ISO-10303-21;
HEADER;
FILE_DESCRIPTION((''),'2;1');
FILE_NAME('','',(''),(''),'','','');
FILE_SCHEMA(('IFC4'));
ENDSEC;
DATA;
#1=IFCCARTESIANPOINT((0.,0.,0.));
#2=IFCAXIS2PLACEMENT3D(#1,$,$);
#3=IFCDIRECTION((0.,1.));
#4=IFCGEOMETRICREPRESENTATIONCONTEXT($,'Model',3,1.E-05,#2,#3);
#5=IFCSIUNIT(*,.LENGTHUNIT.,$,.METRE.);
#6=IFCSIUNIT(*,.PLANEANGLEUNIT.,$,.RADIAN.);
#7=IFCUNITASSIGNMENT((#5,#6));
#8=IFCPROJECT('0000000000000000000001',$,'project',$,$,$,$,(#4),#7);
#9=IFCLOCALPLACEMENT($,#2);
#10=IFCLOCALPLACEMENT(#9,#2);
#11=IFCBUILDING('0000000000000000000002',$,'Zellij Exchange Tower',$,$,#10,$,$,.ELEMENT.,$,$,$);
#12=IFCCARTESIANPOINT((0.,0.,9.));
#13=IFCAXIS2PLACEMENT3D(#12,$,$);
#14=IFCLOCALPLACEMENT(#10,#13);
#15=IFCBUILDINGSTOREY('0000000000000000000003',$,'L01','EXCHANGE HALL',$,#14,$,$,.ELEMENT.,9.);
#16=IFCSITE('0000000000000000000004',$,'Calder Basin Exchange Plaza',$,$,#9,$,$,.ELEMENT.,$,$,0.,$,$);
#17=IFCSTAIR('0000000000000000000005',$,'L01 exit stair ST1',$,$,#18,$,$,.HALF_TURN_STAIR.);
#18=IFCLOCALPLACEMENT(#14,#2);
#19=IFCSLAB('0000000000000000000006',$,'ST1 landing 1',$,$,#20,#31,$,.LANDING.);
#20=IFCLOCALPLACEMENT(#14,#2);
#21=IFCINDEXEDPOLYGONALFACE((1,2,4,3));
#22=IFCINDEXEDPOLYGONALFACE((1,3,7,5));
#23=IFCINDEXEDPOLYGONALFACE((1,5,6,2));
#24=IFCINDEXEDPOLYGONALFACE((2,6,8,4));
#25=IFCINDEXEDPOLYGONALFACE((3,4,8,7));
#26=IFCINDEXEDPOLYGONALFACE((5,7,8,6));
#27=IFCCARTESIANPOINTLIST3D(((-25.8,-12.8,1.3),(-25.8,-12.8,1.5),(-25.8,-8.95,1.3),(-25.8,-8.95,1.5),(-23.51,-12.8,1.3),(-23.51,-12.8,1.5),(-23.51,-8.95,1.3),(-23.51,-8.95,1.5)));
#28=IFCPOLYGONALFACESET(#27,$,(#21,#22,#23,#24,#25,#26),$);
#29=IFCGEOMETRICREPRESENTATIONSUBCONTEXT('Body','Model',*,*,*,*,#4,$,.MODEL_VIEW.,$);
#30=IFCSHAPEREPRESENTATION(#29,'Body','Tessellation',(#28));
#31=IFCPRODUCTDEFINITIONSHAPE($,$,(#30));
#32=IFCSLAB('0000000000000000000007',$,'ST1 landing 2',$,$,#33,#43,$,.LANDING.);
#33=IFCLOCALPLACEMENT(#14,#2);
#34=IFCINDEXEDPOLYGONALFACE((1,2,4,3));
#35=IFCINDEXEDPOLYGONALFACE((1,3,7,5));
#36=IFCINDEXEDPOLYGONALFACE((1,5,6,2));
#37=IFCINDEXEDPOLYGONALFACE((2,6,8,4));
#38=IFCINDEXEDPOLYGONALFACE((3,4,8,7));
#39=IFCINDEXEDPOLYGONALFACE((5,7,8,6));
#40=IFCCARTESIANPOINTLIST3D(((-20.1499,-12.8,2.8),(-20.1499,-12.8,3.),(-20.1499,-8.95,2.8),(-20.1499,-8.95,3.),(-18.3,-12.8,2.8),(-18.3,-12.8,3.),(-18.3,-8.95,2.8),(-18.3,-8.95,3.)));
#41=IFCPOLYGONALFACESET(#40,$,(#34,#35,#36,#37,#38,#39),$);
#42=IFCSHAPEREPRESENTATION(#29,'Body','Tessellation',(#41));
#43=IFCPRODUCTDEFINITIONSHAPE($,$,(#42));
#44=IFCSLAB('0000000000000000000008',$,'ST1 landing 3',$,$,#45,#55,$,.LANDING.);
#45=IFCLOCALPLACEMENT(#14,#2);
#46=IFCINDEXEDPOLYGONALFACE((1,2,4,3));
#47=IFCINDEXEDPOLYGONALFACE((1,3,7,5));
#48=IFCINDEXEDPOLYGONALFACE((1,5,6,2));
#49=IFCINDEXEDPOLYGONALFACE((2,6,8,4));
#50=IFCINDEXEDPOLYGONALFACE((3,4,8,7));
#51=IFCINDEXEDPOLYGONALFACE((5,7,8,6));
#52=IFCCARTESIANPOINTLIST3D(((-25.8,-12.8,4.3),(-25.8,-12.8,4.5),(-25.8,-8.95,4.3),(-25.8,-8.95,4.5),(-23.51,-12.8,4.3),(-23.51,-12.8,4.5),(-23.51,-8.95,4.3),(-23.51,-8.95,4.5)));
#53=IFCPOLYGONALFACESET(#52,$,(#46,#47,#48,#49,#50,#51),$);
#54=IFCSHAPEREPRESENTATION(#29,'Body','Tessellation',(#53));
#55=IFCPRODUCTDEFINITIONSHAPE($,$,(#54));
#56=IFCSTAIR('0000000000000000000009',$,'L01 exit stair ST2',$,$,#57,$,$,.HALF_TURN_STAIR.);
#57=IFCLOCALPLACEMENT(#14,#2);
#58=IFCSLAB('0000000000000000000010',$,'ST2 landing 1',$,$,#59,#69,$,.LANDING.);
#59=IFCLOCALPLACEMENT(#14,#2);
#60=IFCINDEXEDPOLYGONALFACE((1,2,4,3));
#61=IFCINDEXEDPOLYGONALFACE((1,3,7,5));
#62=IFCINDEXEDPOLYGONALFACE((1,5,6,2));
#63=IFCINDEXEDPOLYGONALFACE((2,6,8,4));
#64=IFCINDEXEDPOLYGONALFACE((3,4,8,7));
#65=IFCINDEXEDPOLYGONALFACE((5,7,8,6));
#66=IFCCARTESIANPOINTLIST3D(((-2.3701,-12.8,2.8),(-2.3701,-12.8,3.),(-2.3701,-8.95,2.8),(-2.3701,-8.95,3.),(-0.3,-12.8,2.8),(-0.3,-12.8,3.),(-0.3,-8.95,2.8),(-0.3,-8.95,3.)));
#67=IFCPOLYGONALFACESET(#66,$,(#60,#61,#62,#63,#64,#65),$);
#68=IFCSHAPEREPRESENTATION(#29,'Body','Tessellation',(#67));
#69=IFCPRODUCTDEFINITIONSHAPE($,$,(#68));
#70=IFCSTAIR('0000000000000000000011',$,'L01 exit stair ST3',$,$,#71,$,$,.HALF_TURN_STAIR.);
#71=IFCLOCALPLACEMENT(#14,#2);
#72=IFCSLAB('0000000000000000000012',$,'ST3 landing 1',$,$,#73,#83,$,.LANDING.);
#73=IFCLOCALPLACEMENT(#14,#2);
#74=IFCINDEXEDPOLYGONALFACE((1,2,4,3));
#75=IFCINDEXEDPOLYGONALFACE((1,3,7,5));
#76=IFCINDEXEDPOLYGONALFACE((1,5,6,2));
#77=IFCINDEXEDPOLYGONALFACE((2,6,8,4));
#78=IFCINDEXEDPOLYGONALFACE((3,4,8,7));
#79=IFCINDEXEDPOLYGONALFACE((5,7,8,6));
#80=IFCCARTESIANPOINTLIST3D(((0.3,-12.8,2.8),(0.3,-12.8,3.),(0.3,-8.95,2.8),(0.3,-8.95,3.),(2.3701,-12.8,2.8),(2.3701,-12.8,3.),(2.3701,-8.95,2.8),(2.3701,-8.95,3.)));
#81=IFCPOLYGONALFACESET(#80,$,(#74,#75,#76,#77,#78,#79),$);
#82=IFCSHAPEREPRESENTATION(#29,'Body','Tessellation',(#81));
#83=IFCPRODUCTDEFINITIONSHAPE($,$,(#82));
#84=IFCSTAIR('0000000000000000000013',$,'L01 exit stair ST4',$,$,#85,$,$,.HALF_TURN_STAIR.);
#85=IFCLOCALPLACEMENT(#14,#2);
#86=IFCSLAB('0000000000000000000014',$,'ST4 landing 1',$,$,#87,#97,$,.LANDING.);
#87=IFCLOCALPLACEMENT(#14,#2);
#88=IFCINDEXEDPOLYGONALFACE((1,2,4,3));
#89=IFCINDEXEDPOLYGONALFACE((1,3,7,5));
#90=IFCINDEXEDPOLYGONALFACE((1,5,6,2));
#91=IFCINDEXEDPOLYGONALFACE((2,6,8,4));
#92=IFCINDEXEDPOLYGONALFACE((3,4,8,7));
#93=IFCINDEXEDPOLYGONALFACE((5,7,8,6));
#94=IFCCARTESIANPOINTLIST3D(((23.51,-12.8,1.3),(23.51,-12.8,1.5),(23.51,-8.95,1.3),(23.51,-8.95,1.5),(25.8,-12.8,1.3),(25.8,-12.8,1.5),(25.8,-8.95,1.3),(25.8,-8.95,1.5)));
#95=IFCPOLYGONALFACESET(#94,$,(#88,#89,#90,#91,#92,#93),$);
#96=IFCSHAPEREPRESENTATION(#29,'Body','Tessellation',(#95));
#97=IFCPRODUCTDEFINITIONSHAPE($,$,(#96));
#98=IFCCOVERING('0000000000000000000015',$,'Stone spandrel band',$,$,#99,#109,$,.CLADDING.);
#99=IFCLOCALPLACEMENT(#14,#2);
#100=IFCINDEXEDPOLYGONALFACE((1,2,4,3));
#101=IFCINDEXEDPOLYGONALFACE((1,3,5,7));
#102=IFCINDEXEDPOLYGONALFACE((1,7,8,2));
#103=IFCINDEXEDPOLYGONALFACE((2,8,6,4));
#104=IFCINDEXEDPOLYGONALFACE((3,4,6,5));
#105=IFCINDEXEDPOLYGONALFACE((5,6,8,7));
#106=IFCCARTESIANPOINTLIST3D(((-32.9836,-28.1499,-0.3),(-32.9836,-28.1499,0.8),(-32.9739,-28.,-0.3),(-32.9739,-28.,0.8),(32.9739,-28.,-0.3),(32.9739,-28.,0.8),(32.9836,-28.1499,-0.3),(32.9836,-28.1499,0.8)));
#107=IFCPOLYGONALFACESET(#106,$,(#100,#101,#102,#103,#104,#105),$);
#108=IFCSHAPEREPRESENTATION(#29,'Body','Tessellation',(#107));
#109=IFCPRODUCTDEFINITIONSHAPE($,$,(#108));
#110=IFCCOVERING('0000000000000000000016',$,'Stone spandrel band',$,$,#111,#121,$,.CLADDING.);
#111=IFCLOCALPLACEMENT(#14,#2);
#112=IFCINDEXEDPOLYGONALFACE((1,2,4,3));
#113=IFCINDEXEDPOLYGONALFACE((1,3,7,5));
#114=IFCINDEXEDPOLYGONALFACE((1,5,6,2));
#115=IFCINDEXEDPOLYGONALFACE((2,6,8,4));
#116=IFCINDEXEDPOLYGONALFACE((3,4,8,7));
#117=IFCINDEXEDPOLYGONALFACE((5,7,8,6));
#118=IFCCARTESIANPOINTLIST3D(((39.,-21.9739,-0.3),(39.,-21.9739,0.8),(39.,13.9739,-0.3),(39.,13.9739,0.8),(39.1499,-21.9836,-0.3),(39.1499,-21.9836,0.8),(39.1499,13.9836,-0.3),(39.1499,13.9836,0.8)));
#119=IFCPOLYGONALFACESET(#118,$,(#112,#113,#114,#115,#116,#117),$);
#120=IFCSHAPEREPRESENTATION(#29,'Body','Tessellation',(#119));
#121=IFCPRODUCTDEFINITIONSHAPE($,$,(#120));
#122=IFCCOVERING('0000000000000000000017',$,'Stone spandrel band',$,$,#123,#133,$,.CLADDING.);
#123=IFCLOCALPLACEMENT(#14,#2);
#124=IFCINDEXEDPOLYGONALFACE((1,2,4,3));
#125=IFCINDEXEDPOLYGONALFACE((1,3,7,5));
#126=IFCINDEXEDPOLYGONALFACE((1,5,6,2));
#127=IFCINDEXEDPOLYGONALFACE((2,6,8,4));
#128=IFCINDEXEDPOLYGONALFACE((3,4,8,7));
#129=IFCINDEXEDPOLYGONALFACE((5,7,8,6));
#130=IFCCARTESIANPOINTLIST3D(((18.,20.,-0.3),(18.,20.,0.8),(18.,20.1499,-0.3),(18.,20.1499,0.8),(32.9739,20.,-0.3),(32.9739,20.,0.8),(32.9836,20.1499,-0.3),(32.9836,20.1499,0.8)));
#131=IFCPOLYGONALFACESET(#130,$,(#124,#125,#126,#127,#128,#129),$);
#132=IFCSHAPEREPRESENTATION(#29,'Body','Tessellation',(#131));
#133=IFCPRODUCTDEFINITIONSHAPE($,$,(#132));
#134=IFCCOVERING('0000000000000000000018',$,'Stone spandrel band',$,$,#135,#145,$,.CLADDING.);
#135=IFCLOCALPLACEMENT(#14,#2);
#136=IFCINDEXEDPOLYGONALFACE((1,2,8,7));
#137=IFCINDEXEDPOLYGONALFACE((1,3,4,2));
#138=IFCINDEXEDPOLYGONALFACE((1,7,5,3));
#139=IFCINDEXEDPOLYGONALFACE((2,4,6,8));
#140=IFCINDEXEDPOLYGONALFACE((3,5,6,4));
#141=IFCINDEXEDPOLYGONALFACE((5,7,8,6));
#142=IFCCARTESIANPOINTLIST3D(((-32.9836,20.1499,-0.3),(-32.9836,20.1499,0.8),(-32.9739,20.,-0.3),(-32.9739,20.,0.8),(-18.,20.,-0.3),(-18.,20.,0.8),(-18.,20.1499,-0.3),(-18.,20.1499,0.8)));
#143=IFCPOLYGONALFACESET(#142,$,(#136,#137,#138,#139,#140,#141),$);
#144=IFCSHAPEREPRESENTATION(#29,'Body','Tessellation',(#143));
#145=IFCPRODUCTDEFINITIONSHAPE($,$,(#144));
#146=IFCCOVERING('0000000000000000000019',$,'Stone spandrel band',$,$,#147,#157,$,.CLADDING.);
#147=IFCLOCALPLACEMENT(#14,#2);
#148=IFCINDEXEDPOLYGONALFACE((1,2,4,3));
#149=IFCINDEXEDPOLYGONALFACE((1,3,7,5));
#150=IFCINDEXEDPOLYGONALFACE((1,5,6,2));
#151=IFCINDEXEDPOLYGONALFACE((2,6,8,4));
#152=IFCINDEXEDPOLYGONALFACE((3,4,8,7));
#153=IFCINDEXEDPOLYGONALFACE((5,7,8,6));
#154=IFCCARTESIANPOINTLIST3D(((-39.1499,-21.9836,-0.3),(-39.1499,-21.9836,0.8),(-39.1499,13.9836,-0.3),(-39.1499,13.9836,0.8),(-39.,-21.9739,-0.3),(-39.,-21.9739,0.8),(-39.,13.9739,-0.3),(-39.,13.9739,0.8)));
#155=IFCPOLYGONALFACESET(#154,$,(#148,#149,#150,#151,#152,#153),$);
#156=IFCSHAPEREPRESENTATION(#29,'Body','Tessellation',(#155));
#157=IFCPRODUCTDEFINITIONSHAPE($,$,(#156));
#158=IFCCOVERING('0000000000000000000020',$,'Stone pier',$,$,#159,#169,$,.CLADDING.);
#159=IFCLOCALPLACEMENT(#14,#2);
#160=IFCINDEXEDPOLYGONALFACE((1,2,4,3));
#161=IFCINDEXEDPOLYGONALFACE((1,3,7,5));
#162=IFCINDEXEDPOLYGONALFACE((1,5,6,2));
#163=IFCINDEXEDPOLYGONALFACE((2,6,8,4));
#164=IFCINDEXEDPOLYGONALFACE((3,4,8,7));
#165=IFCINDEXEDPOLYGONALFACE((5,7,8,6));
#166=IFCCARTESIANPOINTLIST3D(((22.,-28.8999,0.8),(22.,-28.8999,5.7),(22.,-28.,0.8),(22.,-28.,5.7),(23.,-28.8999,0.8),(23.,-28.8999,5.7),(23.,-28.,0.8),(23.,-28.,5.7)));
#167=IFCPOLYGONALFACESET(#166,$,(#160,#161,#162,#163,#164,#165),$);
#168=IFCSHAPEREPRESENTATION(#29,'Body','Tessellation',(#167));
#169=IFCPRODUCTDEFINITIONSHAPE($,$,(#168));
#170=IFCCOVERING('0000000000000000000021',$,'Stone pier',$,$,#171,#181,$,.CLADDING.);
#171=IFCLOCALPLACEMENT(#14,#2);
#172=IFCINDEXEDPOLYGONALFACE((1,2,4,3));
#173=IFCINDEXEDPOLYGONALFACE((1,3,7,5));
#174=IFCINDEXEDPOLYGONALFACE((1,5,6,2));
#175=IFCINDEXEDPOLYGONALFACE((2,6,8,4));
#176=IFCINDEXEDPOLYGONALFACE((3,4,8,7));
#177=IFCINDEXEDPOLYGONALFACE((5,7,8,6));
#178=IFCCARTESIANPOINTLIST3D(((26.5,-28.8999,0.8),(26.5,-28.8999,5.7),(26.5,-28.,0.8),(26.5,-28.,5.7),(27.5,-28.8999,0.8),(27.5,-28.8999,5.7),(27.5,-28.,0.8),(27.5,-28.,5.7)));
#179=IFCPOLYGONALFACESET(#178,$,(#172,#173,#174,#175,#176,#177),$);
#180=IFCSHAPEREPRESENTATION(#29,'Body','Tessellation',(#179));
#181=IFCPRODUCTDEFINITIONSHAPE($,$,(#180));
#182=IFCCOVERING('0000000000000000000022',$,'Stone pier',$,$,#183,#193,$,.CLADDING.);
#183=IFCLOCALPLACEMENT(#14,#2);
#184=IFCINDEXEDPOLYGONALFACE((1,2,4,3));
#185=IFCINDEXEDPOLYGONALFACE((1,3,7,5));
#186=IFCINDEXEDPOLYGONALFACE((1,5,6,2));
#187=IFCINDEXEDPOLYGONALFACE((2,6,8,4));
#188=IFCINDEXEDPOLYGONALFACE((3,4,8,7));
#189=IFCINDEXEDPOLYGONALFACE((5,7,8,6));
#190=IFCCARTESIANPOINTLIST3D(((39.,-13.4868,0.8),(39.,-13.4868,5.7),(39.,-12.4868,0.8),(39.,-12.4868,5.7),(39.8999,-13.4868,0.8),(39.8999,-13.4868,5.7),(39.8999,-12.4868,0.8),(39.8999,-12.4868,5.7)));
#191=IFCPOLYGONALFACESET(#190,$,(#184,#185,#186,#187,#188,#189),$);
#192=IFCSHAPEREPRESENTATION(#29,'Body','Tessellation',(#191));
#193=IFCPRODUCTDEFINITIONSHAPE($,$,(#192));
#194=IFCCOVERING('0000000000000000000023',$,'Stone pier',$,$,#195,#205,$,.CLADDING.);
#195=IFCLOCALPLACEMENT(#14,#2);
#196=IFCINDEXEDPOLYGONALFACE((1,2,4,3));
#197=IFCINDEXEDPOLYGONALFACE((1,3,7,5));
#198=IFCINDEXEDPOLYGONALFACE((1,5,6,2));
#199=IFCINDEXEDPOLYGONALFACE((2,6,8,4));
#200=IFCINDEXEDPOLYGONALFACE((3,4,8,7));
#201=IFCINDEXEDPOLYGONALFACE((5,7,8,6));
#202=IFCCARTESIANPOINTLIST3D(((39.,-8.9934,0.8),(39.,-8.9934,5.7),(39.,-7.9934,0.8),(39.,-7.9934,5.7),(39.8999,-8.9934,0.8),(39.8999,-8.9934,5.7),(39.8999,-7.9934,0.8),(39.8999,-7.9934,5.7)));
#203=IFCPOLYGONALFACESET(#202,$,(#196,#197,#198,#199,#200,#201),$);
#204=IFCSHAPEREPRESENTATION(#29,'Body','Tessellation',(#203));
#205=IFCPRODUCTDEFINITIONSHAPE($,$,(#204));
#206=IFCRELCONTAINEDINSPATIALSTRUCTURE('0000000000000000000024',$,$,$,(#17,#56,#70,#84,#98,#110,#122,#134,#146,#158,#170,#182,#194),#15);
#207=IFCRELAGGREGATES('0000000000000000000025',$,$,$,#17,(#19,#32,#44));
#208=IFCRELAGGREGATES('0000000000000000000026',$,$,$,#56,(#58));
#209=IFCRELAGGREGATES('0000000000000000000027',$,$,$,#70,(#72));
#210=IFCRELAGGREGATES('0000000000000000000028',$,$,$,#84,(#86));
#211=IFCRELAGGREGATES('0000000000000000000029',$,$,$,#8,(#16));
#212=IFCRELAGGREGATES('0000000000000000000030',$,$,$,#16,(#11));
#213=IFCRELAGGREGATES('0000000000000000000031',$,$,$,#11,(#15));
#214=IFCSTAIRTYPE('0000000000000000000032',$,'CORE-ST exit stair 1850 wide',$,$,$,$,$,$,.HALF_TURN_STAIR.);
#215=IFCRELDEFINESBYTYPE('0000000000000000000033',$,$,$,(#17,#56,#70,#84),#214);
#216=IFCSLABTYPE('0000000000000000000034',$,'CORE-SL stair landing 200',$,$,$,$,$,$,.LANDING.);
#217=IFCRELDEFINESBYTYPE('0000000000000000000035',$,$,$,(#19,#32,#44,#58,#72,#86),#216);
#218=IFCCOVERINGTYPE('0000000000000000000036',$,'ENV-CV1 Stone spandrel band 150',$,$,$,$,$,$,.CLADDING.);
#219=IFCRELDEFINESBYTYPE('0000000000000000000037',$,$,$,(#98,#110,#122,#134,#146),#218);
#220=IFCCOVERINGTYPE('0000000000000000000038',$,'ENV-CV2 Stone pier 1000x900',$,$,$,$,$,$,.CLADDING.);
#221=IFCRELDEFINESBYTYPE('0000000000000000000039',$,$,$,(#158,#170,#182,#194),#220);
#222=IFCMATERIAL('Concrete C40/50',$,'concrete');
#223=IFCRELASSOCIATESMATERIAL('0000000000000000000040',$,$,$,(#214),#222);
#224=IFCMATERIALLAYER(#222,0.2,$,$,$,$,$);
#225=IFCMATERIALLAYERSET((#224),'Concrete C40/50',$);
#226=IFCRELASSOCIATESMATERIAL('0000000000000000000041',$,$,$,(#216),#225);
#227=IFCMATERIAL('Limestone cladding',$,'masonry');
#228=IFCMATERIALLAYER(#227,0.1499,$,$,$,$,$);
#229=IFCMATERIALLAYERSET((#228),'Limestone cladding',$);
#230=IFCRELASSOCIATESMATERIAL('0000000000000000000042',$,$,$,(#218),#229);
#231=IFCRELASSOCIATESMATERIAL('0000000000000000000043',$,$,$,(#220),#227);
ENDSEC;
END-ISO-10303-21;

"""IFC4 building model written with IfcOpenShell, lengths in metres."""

from ifc_helpers import new_model, si_unit, direction, frame, origin, place, context, subcontext, project, spatial, polyline, outline, extrude, material, layer, layer_set, type_object, element, aggregate, save


model = new_model("IFC4")

# Units and contexts
model_context = context("Model", 3, precision=1e-05, world=origin(), true_north=direction((0.0, 1.0)))
body_context = subcontext(model_context, "Body", "Model", "MODEL_VIEW")
ifc_project = project(units=[si_unit("LENGTHUNIT", "METRE"), si_unit("PLANEANGLEUNIT", "RADIAN")], contexts=[model_context])

# Site, building, storey
site_placement = place(None, origin())
site = spatial("IfcSite", under=ifc_project, at=site_placement, Name="Calder Basin Exchange Plaza", CompositionType="ELEMENT", RefElevation=0.0)
building_placement = place(site_placement, origin())
building = spatial("IfcBuilding", under=site, at=building_placement, Name="Zellij Exchange Tower", CompositionType="ELEMENT")
storey_placement = place(building_placement, frame((0.0, 0.0, 9.0)))
storey = spatial("IfcBuildingStorey", under=building, at=storey_placement, Name="L01", Description="EXCHANGE HALL", CompositionType="ELEMENT", Elevation=9.0)

# Stair, slabs
ifc_material_1 = material(Name="Concrete C40/50", Category="concrete")
stair_type = type_object("IfcStairType", Name="CORE-ST exit stair 1850 wide", PredefinedType="HALF_TURN_STAIR", material=ifc_material_1)
stair_1_placement = place(storey_placement, origin())
stair_1 = element("IfcStair", 1, at=stair_1_placement, inside=storey, type_object=stair_type, Name="L01 exit stair ST1", PredefinedType="HALF_TURN_STAIR")
ifc_layer_1 = layer(ifc_material_1, 0.2)
ifc_layer_set_1 = layer_set([ifc_layer_1], Name="Concrete C40/50")
slab_type = type_object("IfcSlabType", Name="CORE-SL stair landing 200", PredefinedType="LANDING", material=ifc_layer_set_1)
slab_1_placement = place(storey_placement, frame((0.0, 0.0, 1.3)))
slab_1 = element("IfcSlab", 2, at=slab_1_placement, type_object=slab_type, Name="ST1 landing 1", PredefinedType="LANDING", context=body_context, shape_type="SweptSolid", body=[
    extrude(outline(polyline([(-23.51, -8.95), (-25.8, -8.95), (-25.8, -12.8), (-23.51, -12.8), (-23.51, -8.95)])), origin(), (0.0, 0.0, 1.0), 0.2),
])
slab_2_placement = place(storey_placement, frame((0.0, 0.0, 2.8)))
slab_2 = element("IfcSlab", 3, at=slab_2_placement, type_object=slab_type, Name="ST1 landing 2", PredefinedType="LANDING", context=body_context, shape_type="SweptSolid", body=[
    extrude(outline(polyline([(-18.3, -8.95), (-20.1499, -8.95), (-20.1499, -12.8), (-18.3, -12.8), (-18.3, -8.95)])), origin(), (0.0, 0.0, 1.0), 0.2),
])
slab_3_placement = place(storey_placement, frame((0.0, 0.0, 4.3)))
slab_3 = element("IfcSlab", 4, at=slab_3_placement, type_object=slab_type, Name="ST1 landing 3", PredefinedType="LANDING", context=body_context, shape_type="SweptSolid", body=[
    extrude(outline(polyline([(-23.51, -8.95), (-25.8, -8.95), (-25.8, -12.8), (-23.51, -12.8), (-23.51, -8.95)])), origin(), (0.0, 0.0, 1.0), 0.2),
])
aggregate(stair_1, [slab_1, slab_2, slab_3])

# Stairs, slabs
stair_2_placement = place(storey_placement, origin())
stair_2 = element("IfcStair", 5, at=stair_2_placement, inside=storey, type_object=stair_type, Name="L01 exit stair ST2", PredefinedType="HALF_TURN_STAIR")
slab_4_placement = place(storey_placement, frame((0.0, 0.0, 2.8)))
slab_4 = element("IfcSlab", 6, at=slab_4_placement, type_object=slab_type, Name="ST2 landing 1", PredefinedType="LANDING", context=body_context, shape_type="SweptSolid", body=[
    extrude(outline(polyline([(-2.3701, -12.8), (-0.3, -12.8), (-0.3, -8.95), (-2.3701, -8.95), (-2.3701, -12.8)])), origin(), (0.0, 0.0, 1.0), 0.2),
])
aggregate(stair_2, [slab_4])
stair_3_placement = place(storey_placement, origin())
stair_3 = element("IfcStair", 7, at=stair_3_placement, inside=storey, type_object=stair_type, Name="L01 exit stair ST3", PredefinedType="HALF_TURN_STAIR")
slab_5_placement = place(storey_placement, frame((0.0, 0.0, 2.8)))
slab_5 = element("IfcSlab", 8, at=slab_5_placement, type_object=slab_type, Name="ST3 landing 1", PredefinedType="LANDING", context=body_context, shape_type="SweptSolid", body=[
    extrude(outline(polyline([(2.3701, -8.95), (0.3, -8.95), (0.3, -12.8), (2.3701, -12.8), (2.3701, -8.95)])), origin(), (0.0, 0.0, 1.0), 0.2),
])
aggregate(stair_3, [slab_5])
stair_4_placement = place(storey_placement, origin())
stair_4 = element("IfcStair", 9, at=stair_4_placement, inside=storey, type_object=stair_type, Name="L01 exit stair ST4", PredefinedType="HALF_TURN_STAIR")
slab_6_placement = place(storey_placement, frame((0.0, 0.0, 1.3)))
slab_6 = element("IfcSlab", 10, at=slab_6_placement, type_object=slab_type, Name="ST4 landing 1", PredefinedType="LANDING", context=body_context, shape_type="SweptSolid", body=[
    extrude(outline(polyline([(23.51, -12.8), (25.8, -12.8), (25.8, -8.95), (23.51, -8.95), (23.51, -12.8)])), origin(), (0.0, 0.0, 1.0), 0.2),
])
aggregate(stair_4, [slab_6])

# Coverings
ifc_material_2 = material(Name="Limestone cladding", Category="masonry")
ifc_layer_2 = layer(ifc_material_2, 0.1499)
ifc_layer_set_2 = layer_set([ifc_layer_2], Name="Limestone cladding")
covering_type_1 = type_object("IfcCoveringType", Name="ENV-CV1 Stone spandrel band 150", PredefinedType="CLADDING", material=ifc_layer_set_2)
covering_1_placement = place(storey_placement, frame((0.0, 0.0, -0.3)))
element("IfcCovering", 11, at=covering_1_placement, inside=storey, type_object=covering_type_1, Name="Stone spandrel band", PredefinedType="CLADDING", context=body_context, shape_type="SweptSolid", body=[
    extrude(outline(polyline([(-32.9739, -28.0), (32.9739, -28.0), (32.9836, -28.1499), (-32.9836, -28.1499), (-32.9739, -28.0)])), origin(), (0.0, 0.0, 1.0), 1.1001),
])
covering_2_placement = place(storey_placement, frame((0.0, 0.0, -0.3)))
element("IfcCovering", 12, at=covering_2_placement, inside=storey, type_object=covering_type_1, Name="Stone spandrel band", PredefinedType="CLADDING", context=body_context, shape_type="SweptSolid", body=[
    extrude(outline(polyline([(39.0, -21.9739), (39.0, 13.9739), (39.1499, 13.9836), (39.1499, -21.9836), (39.0, -21.9739)])), origin(), (0.0, 0.0, 1.0), 1.1001),
])
covering_3_placement = place(storey_placement, frame((0.0, 0.0, -0.3)))
element("IfcCovering", 13, at=covering_3_placement, inside=storey, type_object=covering_type_1, Name="Stone spandrel band", PredefinedType="CLADDING", context=body_context, shape_type="SweptSolid", body=[
    extrude(outline(polyline([(32.9739, 20.0), (18.0, 20.0), (18.0, 20.1499), (32.9836, 20.1499), (32.9739, 20.0)])), origin(), (0.0, 0.0, 1.0), 1.1001),
])
covering_4_placement = place(storey_placement, frame((0.0, 0.0, -0.3)))
element("IfcCovering", 14, at=covering_4_placement, inside=storey, type_object=covering_type_1, Name="Stone spandrel band", PredefinedType="CLADDING", context=body_context, shape_type="SweptSolid", body=[
    extrude(outline(polyline([(-18.0, 20.0), (-32.9739, 20.0), (-32.9836, 20.1499), (-18.0, 20.1499), (-18.0, 20.0)])), origin(), (0.0, 0.0, 1.0), 1.1001),
])
covering_5_placement = place(storey_placement, frame((0.0, 0.0, -0.3)))
element("IfcCovering", 15, at=covering_5_placement, inside=storey, type_object=covering_type_1, Name="Stone spandrel band", PredefinedType="CLADDING", context=body_context, shape_type="SweptSolid", body=[
    extrude(outline(polyline([(-39.0, 13.9739), (-39.0, -21.9739), (-39.1499, -21.9836), (-39.1499, 13.9836), (-39.0, 13.9739)])), origin(), (0.0, 0.0, 1.0), 1.1001),
])
covering_type_2 = type_object("IfcCoveringType", Name="ENV-CV2 Stone pier 1000x900", PredefinedType="CLADDING", material=ifc_material_2)
covering_6_placement = place(storey_placement, frame((0.0, 0.0, 0.8)))
element("IfcCovering", 16, at=covering_6_placement, inside=storey, type_object=covering_type_2, Name="Stone pier", PredefinedType="CLADDING", context=body_context, shape_type="SweptSolid", body=[
    extrude(outline(polyline([(22.0, -28.0), (23.0, -28.0), (23.0, -28.8999), (22.0, -28.8999), (22.0, -28.0)])), origin(), (0.0, 0.0, 1.0), 4.8999),
])
covering_7_placement = place(storey_placement, frame((0.0, 0.0, 0.8)))
element("IfcCovering", 17, at=covering_7_placement, inside=storey, type_object=covering_type_2, Name="Stone pier", PredefinedType="CLADDING", context=body_context, shape_type="SweptSolid", body=[
    extrude(outline(polyline([(26.5, -28.0), (27.5, -28.0), (27.5, -28.8999), (26.5, -28.8999), (26.5, -28.0)])), origin(), (0.0, 0.0, 1.0), 4.8999),
])
covering_8_placement = place(storey_placement, frame((0.0, 0.0, 0.8)))
element("IfcCovering", 18, at=covering_8_placement, inside=storey, type_object=covering_type_2, Name="Stone pier", PredefinedType="CLADDING", context=body_context, shape_type="SweptSolid", body=[
    extrude(outline(polyline([(39.0, -13.4868), (39.0, -12.4868), (39.8999, -12.4868), (39.8999, -13.4868), (39.0, -13.4868)])), origin(), (0.0, 0.0, 1.0), 4.8999),
])
covering_9_placement = place(storey_placement, frame((0.0, 0.0, 0.8)))
element("IfcCovering", 19, at=covering_9_placement, inside=storey, type_object=covering_type_2, Name="Stone pier", PredefinedType="CLADDING", context=body_context, shape_type="SweptSolid", body=[
    extrude(outline(polyline([(39.0, -8.9934), (39.0, -7.9934), (39.8999, -7.9934), (39.8999, -8.9934), (39.0, -8.9934)])), origin(), (0.0, 0.0, 1.0), 4.8999),
])

save(model, "model.ifc")
